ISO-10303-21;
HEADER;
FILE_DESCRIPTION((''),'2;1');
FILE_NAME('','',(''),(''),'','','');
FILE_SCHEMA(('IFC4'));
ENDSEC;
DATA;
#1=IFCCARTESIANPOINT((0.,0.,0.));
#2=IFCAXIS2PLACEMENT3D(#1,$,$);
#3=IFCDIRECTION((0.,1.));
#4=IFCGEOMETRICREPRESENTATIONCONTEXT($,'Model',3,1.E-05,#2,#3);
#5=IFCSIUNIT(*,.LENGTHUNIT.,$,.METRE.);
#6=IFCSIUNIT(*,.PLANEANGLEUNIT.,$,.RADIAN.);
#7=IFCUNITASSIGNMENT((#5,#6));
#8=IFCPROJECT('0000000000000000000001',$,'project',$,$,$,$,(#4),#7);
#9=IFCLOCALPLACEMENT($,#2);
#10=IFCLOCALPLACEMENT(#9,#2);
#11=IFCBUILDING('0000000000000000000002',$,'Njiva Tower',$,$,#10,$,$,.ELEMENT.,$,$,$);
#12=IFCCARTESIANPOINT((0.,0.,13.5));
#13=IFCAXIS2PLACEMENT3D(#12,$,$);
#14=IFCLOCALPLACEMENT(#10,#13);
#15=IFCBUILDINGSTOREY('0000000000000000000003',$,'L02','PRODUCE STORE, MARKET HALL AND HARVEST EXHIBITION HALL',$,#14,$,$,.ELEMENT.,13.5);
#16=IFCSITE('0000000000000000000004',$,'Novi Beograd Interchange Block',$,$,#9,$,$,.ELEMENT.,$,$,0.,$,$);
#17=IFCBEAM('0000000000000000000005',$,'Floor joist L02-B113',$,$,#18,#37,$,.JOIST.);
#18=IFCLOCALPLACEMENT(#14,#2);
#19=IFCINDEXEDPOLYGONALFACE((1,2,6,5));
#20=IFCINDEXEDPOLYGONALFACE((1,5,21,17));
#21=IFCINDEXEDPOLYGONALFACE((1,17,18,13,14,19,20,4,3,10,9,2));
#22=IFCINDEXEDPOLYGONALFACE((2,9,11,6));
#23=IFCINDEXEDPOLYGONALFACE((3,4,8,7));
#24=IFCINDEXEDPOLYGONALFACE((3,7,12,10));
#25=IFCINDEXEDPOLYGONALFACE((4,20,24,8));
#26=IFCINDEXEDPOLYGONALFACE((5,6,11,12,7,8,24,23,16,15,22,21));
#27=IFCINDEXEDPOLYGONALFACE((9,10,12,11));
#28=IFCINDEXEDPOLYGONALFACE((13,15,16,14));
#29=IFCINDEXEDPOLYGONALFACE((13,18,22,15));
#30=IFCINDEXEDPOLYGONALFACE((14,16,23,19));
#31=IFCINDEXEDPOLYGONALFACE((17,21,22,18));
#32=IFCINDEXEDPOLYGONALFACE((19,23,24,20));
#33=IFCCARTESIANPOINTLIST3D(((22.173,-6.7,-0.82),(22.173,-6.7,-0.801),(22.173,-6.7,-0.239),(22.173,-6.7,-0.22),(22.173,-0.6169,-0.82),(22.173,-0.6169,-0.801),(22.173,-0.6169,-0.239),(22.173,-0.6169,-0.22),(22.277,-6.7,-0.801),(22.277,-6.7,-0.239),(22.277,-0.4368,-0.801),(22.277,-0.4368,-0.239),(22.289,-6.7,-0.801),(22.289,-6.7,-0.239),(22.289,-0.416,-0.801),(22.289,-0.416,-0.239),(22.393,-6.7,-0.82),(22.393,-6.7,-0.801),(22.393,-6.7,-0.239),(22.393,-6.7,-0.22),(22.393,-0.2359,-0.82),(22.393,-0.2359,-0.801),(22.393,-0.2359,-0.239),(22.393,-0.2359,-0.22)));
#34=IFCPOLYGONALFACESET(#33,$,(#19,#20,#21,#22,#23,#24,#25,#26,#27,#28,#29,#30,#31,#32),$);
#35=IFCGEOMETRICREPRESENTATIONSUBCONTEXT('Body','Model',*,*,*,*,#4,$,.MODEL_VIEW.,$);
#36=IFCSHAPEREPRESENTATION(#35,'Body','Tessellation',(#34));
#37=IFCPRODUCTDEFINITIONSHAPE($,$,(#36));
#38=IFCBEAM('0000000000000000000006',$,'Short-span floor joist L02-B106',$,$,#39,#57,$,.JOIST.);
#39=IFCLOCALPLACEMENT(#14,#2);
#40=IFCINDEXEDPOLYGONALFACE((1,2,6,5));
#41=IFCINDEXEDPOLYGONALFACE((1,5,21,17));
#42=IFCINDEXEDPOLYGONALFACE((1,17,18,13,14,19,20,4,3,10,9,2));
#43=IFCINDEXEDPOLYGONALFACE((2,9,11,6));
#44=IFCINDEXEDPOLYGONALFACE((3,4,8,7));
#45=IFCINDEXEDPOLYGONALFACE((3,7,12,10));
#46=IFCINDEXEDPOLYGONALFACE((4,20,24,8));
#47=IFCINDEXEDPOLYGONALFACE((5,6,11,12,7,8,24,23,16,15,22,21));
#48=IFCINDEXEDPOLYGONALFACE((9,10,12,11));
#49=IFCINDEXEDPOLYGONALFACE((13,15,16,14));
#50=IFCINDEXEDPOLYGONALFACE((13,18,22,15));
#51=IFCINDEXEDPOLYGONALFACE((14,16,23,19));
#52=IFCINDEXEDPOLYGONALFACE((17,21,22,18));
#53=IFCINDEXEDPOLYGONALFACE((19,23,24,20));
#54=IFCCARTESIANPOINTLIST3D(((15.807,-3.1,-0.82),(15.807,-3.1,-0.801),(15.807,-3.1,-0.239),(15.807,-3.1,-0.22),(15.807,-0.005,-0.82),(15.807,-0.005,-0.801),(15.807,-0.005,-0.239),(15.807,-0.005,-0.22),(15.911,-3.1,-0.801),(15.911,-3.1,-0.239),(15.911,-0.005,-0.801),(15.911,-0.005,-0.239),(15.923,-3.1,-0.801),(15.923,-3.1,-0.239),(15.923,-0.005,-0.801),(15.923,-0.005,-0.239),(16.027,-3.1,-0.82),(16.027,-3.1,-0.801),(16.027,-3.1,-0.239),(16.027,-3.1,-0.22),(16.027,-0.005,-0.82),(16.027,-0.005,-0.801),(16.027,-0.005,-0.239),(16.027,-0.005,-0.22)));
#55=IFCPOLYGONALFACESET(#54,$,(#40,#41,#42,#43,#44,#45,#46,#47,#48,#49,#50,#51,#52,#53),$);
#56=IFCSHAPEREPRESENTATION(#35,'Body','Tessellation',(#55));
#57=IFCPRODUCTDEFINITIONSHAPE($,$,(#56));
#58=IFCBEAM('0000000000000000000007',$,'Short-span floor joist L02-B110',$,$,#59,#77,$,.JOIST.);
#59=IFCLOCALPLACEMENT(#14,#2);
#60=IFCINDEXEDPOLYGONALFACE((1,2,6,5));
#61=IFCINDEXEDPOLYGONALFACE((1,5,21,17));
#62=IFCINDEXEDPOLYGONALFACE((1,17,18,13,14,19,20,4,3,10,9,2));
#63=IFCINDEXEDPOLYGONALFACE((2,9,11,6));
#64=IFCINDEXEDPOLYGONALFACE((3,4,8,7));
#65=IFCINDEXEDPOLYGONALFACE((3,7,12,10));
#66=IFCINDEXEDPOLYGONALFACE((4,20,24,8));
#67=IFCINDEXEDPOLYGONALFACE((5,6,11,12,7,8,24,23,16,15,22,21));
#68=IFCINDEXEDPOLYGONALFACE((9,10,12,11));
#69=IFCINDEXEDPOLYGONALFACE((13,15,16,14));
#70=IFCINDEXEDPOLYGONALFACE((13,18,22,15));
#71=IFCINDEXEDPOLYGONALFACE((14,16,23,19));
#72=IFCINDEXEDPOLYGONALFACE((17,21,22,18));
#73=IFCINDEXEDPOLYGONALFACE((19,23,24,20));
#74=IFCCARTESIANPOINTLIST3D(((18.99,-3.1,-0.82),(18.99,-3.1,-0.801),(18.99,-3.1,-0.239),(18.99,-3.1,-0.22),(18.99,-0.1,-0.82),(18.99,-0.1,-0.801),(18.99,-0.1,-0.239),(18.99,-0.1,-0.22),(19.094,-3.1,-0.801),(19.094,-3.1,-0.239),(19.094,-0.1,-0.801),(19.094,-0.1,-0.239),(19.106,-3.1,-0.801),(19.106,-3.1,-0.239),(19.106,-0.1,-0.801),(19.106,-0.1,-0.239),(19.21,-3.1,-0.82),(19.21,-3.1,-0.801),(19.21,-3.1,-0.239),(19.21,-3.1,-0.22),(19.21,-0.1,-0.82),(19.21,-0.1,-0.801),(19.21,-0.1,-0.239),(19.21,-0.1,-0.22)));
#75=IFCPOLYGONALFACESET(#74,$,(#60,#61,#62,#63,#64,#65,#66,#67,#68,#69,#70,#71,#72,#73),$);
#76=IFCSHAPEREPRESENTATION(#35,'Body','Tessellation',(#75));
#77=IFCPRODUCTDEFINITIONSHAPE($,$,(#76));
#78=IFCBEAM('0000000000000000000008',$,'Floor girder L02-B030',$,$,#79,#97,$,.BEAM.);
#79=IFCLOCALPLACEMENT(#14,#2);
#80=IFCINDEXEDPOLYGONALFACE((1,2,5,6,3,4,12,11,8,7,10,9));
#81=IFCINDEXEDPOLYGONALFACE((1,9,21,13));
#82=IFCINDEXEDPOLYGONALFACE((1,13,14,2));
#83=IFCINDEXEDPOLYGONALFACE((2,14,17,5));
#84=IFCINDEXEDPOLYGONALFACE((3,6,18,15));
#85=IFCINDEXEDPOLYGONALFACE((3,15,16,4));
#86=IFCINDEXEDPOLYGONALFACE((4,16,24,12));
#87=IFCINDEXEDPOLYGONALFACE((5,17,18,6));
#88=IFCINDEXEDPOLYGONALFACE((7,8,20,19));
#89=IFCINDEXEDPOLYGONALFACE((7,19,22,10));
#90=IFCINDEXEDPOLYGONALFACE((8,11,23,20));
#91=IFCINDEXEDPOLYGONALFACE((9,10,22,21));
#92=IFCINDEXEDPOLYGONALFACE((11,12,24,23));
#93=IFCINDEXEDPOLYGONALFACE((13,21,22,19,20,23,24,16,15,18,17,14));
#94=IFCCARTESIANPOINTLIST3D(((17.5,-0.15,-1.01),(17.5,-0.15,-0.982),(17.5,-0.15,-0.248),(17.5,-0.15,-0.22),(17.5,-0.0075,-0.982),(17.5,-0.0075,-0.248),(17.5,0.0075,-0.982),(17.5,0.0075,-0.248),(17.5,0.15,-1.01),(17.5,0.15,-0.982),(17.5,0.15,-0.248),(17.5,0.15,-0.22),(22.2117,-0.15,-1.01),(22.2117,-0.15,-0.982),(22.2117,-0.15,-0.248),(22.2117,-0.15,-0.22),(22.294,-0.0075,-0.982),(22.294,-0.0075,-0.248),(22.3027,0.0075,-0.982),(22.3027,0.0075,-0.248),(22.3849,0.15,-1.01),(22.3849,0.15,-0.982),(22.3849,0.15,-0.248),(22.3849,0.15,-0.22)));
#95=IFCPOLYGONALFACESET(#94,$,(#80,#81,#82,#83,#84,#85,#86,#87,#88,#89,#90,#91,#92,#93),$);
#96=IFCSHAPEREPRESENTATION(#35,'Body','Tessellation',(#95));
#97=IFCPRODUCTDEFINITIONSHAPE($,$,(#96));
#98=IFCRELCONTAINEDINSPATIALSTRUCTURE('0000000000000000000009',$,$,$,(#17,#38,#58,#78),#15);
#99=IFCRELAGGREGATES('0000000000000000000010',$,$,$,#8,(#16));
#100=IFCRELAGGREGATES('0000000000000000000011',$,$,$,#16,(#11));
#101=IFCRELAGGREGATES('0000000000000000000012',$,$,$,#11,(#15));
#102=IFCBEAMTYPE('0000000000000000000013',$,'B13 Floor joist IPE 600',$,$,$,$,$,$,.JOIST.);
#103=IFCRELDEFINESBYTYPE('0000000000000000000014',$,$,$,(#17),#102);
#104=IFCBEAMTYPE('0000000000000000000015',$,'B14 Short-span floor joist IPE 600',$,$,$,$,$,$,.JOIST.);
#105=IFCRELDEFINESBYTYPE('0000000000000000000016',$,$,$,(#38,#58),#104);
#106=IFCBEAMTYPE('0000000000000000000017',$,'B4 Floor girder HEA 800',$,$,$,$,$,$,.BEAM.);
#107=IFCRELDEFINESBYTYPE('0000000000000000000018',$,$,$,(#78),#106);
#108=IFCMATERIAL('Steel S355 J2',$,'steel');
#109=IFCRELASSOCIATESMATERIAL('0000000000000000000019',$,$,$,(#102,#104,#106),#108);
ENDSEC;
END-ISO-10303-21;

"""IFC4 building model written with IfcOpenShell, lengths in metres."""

from ifc_helpers import new_model, si_unit, direction, frame, origin, origin_2d, place, context, subcontext, project, spatial, i_section, extrude, clip, halfspace, material, material_profile, profile_set, type_object, element, save


model = new_model("IFC4")

# Units and contexts
model_context = context("Model", 3, precision=1e-05, world=origin(), true_north=direction((0.0, 1.0)))
body_context = subcontext(model_context, "Body", "Model", "MODEL_VIEW")
ifc_project = project(units=[si_unit("LENGTHUNIT", "METRE"), si_unit("PLANEANGLEUNIT", "RADIAN")], contexts=[model_context])

# Site, building, storey
site_placement = place(None, origin())
site = spatial("IfcSite", under=ifc_project, at=site_placement, Name="Novi Beograd Interchange Block", CompositionType="ELEMENT", RefElevation=0.0)
building_placement = place(site_placement, origin())
building = spatial("IfcBuilding", under=site, at=building_placement, Name="Njiva Tower", CompositionType="ELEMENT")
storey_placement = place(building_placement, frame((0.0, 0.0, 13.5)))
storey = spatial("IfcBuildingStorey", under=building, at=storey_placement, Name="L02", Description="PRODUCE STORE, MARKET HALL AND HARVEST EXHIBITION HALL", CompositionType="ELEMENT", Elevation=13.5)

# Beams
ifc_material_1 = material(Name="Steel S355 J2", Category="steel")
ifc_material_profile_1 = material_profile(ifc_material_1, i_section(OverallWidth=0.22, OverallDepth=0.6, WebThickness=0.012, FlangeThickness=0.019, at=origin_2d()), Name="IPE 600")
ifc_profile_set_1 = profile_set([ifc_material_profile_1], Name="Steel S355 J2")
beam_type_1 = type_object("IfcBeamType", Name="B13 Floor joist IPE 600", PredefinedType="JOIST", material=ifc_profile_set_1)
beam_1_placement = place(storey_placement, frame((22.283, -0.215, -0.52), z_axis=(0.0, -1.0, 0.0), x_axis=(1.0, 0.0, 0.0)))
element("IfcBeam", 1, at=beam_1_placement, inside=storey, type_object=beam_type_1, Name="Floor joist L02-B113", PredefinedType="JOIST", context=body_context, shape_type="Clipping", body=[
    clip(extrude(i_section(OverallWidth=0.22, OverallDepth=0.6, WebThickness=0.012, FlangeThickness=0.019, at=origin_2d()), origin(), (0.0, 0.0, 1.0), 6.485), halfspace(frame((-0.043, 0.0, 0.2859), z_axis=(-0.866027, 0.0, -0.499998), x_axis=(0.0, -1.0, 0.0)), False)),
])
ifc_material_profile_2 = material_profile(ifc_material_1, i_section(OverallWidth=0.22, OverallDepth=0.6, WebThickness=0.012, FlangeThickness=0.019, at=origin_2d()), Name="IPE 600")
ifc_profile_set_2 = profile_set([ifc_material_profile_2], Name="Steel S355 J2")
beam_type_2 = type_object("IfcBeamType", Name="B14 Short-span floor joist IPE 600", PredefinedType="JOIST", material=ifc_profile_set_2)
beam_2_placement = place(storey_placement, frame((15.917, -0.005, -0.52), z_axis=(0.0, -1.0, 0.0), x_axis=(1.0, 0.0, 0.0)))
element("IfcBeam", 2, at=beam_2_placement, inside=storey, type_object=beam_type_2, Name="Short-span floor joist L02-B106", PredefinedType="JOIST", context=body_context, shape_type="SweptSolid", body=[
    extrude(i_section(OverallWidth=0.22, OverallDepth=0.6, WebThickness=0.012, FlangeThickness=0.019, at=origin_2d()), origin(), (0.0, 0.0, 1.0), 3.095),
])
beam_3_placement = place(storey_placement, frame((19.1, -0.1, -0.52), z_axis=(0.0, -1.0, 0.0), x_axis=(1.0, 0.0, 0.0)))
element("IfcBeam", 3, at=beam_3_placement, inside=storey, type_object=beam_type_2, Name="Short-span floor joist L02-B110", PredefinedType="JOIST", context=body_context, shape_type="SweptSolid", body=[
    extrude(i_section(OverallWidth=0.22, OverallDepth=0.6, WebThickness=0.012, FlangeThickness=0.019, at=origin_2d()), origin(), (0.0, 0.0, 1.0), 3.0),
])
ifc_material_profile_3 = material_profile(ifc_material_1, i_section(OverallWidth=0.3, OverallDepth=0.79, WebThickness=0.015, FlangeThickness=0.028, at=origin_2d()), Name="HEA 800")
ifc_profile_set_3 = profile_set([ifc_material_profile_3], Name="Steel S355 J2")
beam_type_3 = type_object("IfcBeamType", Name="B4 Floor girder HEA 800", PredefinedType="BEAM", material=ifc_profile_set_3)
beam_4_placement = place(storey_placement, frame((17.5, 0.0, -0.615), z_axis=(1.0, 0.0, 0.0), x_axis=(0.0, 1.0, 0.0)))
element("IfcBeam", 4, at=beam_4_placement, inside=storey, type_object=beam_type_3, Name="Floor girder L02-B030", PredefinedType="BEAM", context=body_context, shape_type="Clipping", body=[
    clip(extrude(i_section(OverallWidth=0.3, OverallDepth=0.79, WebThickness=0.015, FlangeThickness=0.028, at=origin_2d()), origin(), (0.0, 0.0, 1.0), 4.905), halfspace(frame((-0.025, 0.0, 4.7839), z_axis=(-0.499998, 0.0, 0.866027), x_axis=(0.0, 1.0, 0.0)), False)),
])

save(model, "model.ifc")
